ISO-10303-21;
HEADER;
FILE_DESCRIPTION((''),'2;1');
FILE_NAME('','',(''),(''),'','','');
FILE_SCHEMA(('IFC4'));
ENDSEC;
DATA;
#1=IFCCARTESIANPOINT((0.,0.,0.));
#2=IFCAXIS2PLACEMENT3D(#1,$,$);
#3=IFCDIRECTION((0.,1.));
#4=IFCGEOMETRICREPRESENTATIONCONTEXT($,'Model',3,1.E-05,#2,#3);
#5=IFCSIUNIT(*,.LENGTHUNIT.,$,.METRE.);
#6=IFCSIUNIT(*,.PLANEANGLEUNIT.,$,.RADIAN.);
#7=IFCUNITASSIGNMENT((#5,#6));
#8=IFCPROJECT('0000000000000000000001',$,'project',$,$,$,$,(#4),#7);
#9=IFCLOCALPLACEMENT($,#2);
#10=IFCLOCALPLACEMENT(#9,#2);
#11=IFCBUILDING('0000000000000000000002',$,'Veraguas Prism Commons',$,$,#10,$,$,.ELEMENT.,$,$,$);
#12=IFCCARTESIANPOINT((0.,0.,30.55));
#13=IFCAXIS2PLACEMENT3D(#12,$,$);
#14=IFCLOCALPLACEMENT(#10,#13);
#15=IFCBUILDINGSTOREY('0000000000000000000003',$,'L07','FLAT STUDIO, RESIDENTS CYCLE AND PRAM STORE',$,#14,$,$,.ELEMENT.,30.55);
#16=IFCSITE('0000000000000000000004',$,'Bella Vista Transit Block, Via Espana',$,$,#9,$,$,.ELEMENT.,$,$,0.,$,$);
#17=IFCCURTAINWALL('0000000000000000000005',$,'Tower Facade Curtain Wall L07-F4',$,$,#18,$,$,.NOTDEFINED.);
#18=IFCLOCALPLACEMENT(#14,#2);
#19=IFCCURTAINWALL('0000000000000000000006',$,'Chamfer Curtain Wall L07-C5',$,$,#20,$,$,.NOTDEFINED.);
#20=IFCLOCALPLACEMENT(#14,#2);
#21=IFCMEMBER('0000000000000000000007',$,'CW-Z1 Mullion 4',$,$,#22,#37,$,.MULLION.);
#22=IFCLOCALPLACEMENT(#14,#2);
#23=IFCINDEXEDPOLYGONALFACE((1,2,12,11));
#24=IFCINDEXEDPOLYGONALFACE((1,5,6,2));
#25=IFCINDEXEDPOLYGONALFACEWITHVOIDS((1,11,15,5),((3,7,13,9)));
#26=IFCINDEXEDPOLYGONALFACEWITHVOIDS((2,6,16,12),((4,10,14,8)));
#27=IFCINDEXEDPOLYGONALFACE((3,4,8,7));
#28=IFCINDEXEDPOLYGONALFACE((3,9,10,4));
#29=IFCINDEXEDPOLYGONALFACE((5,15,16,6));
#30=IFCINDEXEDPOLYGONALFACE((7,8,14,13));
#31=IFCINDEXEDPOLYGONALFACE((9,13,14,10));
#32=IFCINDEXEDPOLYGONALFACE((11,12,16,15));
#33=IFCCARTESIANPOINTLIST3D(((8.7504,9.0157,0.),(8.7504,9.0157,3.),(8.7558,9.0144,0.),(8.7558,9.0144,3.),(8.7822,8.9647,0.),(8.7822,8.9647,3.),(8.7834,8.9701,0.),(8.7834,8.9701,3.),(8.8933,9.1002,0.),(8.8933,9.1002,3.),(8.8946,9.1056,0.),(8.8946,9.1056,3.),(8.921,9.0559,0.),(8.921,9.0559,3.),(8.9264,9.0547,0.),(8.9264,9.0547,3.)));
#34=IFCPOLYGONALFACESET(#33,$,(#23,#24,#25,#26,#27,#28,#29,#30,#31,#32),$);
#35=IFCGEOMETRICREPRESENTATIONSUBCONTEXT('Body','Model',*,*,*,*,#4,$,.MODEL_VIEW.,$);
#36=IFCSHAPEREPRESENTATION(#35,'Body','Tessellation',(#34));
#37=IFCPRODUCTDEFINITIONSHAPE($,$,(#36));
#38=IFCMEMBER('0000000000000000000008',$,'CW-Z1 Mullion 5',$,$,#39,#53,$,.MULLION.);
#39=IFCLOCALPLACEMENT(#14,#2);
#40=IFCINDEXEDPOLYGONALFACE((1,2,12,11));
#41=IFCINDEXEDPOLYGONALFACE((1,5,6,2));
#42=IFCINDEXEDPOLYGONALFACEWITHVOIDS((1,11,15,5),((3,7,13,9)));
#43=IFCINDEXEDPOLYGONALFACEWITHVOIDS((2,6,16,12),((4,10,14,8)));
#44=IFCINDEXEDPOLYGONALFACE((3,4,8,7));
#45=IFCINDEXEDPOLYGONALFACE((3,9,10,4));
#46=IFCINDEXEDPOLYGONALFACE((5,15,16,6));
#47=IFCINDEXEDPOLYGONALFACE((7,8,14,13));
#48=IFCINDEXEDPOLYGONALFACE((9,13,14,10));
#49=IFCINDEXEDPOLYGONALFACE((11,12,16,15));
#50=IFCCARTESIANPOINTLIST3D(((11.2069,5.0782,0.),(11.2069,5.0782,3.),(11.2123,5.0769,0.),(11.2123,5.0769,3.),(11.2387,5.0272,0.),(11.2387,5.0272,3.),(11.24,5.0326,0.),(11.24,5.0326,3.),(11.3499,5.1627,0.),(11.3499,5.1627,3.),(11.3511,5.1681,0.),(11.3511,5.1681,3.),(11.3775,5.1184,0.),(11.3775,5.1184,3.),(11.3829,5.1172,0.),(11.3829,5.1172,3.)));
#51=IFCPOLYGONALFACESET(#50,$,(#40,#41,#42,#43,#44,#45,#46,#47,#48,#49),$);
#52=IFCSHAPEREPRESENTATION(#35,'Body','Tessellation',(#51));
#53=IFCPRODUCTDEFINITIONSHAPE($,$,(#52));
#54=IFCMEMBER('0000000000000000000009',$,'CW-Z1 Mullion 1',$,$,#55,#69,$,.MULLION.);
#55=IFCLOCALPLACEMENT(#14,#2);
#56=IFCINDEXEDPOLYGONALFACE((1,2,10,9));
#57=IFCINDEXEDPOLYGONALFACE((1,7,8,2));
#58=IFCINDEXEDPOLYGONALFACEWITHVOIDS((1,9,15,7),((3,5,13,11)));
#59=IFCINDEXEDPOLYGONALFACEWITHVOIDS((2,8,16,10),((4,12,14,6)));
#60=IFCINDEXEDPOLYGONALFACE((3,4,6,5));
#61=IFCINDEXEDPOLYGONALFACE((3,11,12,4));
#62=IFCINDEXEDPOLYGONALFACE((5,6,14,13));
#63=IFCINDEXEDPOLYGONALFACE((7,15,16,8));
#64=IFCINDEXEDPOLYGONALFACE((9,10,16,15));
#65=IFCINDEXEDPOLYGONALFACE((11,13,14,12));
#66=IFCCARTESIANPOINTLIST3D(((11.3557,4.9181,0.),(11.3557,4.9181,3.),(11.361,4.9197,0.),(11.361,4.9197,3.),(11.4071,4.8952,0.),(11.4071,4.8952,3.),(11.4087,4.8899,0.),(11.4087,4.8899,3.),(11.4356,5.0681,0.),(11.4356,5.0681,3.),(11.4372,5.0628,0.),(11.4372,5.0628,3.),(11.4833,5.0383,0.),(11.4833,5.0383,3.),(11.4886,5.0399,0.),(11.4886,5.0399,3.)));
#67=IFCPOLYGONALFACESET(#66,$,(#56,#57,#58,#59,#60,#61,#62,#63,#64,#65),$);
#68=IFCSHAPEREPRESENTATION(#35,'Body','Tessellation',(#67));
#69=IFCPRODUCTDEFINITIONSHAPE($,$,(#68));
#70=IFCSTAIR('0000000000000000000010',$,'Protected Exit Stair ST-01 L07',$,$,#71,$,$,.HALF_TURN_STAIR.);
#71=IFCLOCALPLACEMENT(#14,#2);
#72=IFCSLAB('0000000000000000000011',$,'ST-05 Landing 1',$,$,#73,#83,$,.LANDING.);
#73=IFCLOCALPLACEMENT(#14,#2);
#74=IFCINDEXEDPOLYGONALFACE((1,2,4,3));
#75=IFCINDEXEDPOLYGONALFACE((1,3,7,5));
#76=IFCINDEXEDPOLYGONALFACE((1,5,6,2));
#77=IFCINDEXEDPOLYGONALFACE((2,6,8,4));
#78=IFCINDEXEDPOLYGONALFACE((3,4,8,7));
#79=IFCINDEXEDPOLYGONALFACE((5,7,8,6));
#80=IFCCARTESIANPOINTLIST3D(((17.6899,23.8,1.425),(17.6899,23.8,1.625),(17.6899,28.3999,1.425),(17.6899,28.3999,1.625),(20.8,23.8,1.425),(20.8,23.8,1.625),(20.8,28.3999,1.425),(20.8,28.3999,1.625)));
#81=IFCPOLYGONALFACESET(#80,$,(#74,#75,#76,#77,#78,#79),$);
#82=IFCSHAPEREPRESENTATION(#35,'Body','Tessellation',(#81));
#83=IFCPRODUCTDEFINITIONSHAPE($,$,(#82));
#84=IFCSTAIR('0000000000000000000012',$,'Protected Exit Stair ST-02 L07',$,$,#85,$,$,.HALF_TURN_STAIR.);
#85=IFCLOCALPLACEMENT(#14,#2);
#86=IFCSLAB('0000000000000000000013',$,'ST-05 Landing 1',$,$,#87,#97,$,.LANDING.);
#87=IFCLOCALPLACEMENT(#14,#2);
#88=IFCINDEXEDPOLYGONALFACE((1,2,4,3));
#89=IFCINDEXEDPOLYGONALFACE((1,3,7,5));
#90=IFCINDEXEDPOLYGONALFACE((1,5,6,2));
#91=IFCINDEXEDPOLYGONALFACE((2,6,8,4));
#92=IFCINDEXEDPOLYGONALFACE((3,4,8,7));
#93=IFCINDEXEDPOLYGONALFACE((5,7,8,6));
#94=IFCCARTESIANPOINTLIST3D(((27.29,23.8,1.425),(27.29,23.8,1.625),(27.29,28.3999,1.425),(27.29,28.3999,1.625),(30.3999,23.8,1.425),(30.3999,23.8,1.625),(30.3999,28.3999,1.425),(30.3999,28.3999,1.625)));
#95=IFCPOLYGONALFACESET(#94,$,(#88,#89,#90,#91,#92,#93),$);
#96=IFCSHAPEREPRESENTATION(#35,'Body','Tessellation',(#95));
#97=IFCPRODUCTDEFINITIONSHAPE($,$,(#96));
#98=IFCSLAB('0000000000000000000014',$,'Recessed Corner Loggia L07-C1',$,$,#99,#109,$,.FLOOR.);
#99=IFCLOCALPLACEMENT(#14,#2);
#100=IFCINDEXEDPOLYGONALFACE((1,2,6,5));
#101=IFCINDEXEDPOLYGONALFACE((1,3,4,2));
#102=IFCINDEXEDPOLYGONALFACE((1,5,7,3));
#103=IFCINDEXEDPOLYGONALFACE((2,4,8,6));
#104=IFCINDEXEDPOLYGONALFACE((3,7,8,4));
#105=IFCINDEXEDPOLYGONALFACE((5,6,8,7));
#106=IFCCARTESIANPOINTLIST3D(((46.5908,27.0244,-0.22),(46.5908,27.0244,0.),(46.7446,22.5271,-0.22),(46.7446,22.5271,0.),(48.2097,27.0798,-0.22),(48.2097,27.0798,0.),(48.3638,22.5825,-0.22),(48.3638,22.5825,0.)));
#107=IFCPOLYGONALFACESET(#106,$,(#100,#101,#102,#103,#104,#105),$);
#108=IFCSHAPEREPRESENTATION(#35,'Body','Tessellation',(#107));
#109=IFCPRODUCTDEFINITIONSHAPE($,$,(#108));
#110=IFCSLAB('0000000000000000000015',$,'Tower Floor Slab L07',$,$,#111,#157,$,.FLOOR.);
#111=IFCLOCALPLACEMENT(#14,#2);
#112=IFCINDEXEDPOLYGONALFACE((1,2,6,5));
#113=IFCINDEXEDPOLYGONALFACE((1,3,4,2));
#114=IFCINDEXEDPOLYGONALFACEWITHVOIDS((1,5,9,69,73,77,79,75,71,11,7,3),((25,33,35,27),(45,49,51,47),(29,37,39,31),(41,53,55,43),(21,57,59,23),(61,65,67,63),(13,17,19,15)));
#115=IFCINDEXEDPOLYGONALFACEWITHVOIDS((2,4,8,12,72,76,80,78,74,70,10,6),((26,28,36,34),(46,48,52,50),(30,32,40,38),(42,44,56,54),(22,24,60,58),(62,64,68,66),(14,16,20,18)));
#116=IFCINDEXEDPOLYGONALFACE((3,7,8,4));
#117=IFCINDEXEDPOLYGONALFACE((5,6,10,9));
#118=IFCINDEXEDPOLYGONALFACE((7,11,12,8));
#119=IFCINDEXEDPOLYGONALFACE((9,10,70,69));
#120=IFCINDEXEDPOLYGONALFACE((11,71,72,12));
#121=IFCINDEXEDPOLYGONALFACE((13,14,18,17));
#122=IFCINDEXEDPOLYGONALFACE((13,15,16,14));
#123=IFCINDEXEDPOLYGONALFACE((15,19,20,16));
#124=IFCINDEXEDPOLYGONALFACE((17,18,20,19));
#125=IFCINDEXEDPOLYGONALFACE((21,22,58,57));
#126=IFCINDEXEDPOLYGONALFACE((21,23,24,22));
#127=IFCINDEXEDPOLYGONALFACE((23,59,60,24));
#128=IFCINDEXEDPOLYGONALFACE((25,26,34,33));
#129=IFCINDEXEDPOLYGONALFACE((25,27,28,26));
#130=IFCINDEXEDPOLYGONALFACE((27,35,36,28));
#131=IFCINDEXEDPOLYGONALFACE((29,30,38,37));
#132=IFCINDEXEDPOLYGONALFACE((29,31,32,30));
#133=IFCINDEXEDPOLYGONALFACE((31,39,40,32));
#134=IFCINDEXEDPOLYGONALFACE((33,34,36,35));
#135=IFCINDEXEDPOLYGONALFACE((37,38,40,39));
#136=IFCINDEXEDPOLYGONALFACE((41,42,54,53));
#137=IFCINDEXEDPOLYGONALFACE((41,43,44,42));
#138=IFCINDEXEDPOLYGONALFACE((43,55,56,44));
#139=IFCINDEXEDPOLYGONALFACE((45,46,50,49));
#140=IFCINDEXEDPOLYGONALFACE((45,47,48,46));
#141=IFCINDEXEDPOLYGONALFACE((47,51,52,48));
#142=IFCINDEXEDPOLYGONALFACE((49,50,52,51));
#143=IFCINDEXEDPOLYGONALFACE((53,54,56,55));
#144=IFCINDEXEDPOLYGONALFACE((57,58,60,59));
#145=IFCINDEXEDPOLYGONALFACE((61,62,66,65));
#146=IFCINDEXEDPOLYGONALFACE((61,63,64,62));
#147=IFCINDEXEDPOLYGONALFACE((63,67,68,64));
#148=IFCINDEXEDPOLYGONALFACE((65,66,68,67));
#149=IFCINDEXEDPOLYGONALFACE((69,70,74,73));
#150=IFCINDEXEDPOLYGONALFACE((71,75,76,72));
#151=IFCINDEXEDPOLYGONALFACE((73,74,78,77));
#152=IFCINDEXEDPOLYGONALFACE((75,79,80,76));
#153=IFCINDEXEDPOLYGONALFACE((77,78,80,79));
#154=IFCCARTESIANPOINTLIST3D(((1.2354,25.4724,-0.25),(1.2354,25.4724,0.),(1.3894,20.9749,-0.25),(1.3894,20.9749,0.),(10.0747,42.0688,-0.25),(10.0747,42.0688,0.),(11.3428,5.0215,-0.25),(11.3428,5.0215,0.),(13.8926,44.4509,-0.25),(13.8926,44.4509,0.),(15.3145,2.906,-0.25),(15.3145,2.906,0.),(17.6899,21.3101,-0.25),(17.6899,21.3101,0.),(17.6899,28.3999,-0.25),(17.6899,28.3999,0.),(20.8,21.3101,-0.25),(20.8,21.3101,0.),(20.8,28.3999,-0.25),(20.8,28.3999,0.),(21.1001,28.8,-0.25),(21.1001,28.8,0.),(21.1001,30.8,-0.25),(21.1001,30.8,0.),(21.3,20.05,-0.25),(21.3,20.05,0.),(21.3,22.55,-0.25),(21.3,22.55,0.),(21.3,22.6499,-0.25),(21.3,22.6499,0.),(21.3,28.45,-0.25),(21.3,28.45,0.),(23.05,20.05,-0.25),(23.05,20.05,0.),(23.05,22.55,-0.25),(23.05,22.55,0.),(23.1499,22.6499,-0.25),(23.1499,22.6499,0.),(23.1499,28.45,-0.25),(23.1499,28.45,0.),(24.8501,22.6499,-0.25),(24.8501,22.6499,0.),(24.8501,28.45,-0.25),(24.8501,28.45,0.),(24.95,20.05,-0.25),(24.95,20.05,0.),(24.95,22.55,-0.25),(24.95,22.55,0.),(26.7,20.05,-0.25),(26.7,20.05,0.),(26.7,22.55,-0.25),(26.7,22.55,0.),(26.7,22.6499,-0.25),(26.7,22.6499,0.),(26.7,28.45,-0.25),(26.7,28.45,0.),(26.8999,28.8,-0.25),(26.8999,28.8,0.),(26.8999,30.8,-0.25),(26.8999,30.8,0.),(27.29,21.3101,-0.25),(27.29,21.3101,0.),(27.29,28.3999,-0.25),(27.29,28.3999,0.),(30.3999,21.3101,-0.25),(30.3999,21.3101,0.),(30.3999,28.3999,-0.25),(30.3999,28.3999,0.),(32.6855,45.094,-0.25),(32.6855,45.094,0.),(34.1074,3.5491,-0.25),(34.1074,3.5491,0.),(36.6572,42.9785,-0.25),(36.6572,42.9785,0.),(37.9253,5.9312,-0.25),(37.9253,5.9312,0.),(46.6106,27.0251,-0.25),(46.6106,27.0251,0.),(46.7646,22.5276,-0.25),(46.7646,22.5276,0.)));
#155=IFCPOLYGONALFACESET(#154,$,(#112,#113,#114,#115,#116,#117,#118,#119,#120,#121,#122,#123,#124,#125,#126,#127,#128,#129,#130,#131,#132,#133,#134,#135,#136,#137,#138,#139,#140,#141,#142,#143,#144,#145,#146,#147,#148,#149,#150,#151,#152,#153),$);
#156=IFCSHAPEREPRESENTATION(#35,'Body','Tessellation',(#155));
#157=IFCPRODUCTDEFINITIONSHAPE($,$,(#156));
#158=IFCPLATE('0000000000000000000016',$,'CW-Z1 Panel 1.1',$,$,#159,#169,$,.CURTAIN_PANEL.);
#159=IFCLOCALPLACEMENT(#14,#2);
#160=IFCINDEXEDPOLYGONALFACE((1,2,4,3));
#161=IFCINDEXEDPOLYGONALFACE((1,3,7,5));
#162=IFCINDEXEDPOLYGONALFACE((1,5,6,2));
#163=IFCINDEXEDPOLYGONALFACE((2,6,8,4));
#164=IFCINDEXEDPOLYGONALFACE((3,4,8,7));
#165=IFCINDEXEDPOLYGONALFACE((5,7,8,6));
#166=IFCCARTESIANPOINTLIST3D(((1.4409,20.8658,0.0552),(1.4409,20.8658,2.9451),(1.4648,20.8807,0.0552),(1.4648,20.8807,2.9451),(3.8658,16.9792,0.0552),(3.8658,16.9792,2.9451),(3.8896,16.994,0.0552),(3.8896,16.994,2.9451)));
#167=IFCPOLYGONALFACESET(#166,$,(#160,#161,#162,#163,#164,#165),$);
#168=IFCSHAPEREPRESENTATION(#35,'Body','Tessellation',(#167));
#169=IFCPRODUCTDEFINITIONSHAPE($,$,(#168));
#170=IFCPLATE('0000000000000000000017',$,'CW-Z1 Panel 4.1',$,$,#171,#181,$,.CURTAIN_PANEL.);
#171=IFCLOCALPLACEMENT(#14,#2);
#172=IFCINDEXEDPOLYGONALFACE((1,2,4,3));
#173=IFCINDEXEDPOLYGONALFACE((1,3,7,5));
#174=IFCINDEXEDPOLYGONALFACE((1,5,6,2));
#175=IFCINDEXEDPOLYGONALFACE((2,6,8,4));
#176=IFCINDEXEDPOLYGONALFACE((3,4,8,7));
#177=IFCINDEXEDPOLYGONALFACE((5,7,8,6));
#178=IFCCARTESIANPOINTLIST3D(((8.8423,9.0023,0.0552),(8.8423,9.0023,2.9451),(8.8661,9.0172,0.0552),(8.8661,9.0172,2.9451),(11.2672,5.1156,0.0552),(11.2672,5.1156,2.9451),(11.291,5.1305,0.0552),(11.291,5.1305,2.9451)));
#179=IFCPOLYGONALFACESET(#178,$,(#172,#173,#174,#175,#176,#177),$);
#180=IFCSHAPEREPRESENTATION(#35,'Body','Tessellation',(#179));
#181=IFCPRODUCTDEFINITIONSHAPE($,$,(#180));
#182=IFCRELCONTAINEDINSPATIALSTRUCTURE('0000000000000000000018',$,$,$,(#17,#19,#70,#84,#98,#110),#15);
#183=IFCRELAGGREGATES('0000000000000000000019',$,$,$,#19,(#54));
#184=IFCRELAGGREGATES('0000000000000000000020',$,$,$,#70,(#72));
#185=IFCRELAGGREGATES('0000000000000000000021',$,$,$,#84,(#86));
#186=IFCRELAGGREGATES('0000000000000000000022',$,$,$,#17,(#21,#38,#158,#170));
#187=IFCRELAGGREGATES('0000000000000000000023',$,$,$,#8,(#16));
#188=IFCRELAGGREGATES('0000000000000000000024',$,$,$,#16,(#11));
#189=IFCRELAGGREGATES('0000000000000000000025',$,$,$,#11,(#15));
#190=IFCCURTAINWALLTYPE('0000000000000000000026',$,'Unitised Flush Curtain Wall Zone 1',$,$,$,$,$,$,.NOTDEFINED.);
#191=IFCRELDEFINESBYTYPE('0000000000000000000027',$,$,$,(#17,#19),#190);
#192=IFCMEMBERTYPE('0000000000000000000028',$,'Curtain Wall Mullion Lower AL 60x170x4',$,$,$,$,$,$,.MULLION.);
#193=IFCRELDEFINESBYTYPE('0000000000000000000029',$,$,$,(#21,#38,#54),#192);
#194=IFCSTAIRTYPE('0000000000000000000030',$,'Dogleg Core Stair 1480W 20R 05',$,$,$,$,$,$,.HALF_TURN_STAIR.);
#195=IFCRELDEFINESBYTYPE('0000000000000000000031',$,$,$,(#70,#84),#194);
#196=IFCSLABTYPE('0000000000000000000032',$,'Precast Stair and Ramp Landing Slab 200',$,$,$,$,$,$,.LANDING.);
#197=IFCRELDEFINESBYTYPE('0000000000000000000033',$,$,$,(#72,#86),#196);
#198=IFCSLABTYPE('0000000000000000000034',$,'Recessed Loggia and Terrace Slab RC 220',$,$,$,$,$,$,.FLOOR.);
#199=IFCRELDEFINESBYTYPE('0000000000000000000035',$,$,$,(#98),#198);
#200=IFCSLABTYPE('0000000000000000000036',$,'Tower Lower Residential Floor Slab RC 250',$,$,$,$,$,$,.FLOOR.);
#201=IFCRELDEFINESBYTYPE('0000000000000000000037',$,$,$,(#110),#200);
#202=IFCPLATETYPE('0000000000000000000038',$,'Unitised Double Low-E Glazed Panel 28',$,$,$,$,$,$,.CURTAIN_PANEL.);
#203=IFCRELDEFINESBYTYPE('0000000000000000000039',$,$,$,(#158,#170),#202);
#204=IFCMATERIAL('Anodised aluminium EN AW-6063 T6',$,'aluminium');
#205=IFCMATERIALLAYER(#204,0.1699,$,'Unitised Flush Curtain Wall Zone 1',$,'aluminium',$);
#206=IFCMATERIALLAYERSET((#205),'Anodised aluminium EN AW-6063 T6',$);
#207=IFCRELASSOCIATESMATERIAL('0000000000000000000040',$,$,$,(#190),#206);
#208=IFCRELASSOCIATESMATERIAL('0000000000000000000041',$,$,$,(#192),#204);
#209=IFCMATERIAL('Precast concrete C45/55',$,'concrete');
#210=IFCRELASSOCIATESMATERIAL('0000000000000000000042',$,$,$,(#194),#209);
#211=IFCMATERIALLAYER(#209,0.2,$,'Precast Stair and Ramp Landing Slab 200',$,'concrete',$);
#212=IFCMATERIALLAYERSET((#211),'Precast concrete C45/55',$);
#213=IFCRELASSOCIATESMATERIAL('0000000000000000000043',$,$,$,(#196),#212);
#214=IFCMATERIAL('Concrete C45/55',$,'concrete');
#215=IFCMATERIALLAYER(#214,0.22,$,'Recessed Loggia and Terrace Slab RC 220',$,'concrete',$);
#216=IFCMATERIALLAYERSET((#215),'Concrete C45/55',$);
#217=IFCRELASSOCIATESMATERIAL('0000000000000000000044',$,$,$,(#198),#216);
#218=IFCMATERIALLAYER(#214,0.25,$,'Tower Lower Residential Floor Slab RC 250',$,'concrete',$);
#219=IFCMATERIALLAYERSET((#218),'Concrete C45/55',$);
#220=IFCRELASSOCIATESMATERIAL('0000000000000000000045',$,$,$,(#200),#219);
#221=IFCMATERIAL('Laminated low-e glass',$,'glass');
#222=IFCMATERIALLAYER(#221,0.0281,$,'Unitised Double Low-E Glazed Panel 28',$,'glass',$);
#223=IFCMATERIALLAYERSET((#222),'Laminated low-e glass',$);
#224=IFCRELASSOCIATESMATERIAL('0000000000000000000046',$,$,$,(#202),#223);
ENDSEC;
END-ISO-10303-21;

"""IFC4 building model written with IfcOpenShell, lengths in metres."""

from ifc_helpers import new_model, si_unit, direction, frame, origin, origin_2d, place, context, subcontext, project, spatial, polyline, rectangle, hollow_rectangle, outline, extrude, source, transform, mapped, material, layer, layer_set, material_profile, profile_set, type_object, element, aggregate, save


model = new_model("IFC4")

# Units and contexts
model_context = context("Model", 3, precision=1e-05, world=origin(), true_north=direction((0.0, 1.0)))
body_context = subcontext(model_context, "Body", "Model", "MODEL_VIEW")
ifc_project = project(units=[si_unit("LENGTHUNIT", "METRE"), si_unit("PLANEANGLEUNIT", "RADIAN")], contexts=[model_context])

# Site, building, storey
site_placement = place(None, origin())
site = spatial("IfcSite", under=ifc_project, at=site_placement, Name="Bella Vista Transit Block, Via Espana", CompositionType="ELEMENT", RefElevation=0.0)
building_placement = place(site_placement, origin())
building = spatial("IfcBuilding", under=site, at=building_placement, Name="Veraguas Prism Commons", CompositionType="ELEMENT")
storey_placement = place(building_placement, frame((0.0, 0.0, 30.55)))
storey = spatial("IfcBuildingStorey", under=building, at=storey_placement, Name="L07", Description="FLAT STUDIO, RESIDENTS CYCLE AND PRAM STORE", CompositionType="ELEMENT", Elevation=30.55)

# Curtain walls
ifc_material_1 = material(Name="Anodised aluminium EN AW-6063 T6", Category="aluminium")
ifc_layer_1 = layer(ifc_material_1, 0.1699, Name="Unitised Flush Curtain Wall Zone 1", Category="aluminium")
ifc_layer_set_1 = layer_set([ifc_layer_1], Name="Anodised aluminium EN AW-6063 T6")
curtain_wall_type = type_object("IfcCurtainWallType", Name="Unitised Flush Curtain Wall Zone 1", PredefinedType="NOTDEFINED", material=ifc_layer_set_1)
curtain_wall_1_placement = place(storey_placement, origin())
curtain_wall_1 = element("IfcCurtainWall", 1, at=curtain_wall_1_placement, inside=storey, type_object=curtain_wall_type, Name="Tower Facade Curtain Wall L07-F4", PredefinedType="NOTDEFINED")
curtain_wall_2_placement = place(storey_placement, origin())
curtain_wall_2 = element("IfcCurtainWall", 2, at=curtain_wall_2_placement, inside=storey, type_object=curtain_wall_type, Name="Chamfer Curtain Wall L07-C5", PredefinedType="NOTDEFINED")

# Members
ifc_material_profile_1 = material_profile(ifc_material_1, hollow_rectangle(XDim=0.0601, YDim=0.1699, WallThickness=0.0039, at=origin_2d()), Name="AL60X170X4")
ifc_profile_set_1 = profile_set([ifc_material_profile_1], Name="Anodised aluminium EN AW-6063 T6")
member_type_1 = type_object("IfcMemberType", Name="Curtain Wall Mullion Lower AL 60x170x4", PredefinedType="MULLION", material=ifc_profile_set_1)
shared_shape_1 = source(origin(), body_context, "Body", "SweptSolid", [
    extrude(hollow_rectangle(XDim=0.0601, YDim=0.1699, WallThickness=0.0039, at=origin_2d()), origin(), (0.0, 0.0, 1.0), 3.0),
])
member_1_placement = place(storey_placement, frame((8.8384, 9.0352, 0.0), z_axis=(0.0, 0.0, 1.0), x_axis=(0.529324, -0.84842, 0.0)))
member_1 = element("IfcMember", 3, at=member_1_placement, type_object=member_type_1, Name="CW-Z1 Mullion 4", PredefinedType="MULLION", context=body_context, shape_type="MappedRepresentation", body=[
    mapped(shared_shape_1, transform((0.0, 0.0, 0.0), scale=1.0)),
])
member_2_placement = place(storey_placement, frame((11.2949, 5.0977, 0.0), z_axis=(0.0, 0.0, 1.0), x_axis=(0.529324, -0.84842, 0.0)))
member_2 = element("IfcMember", 4, at=member_2_placement, type_object=member_type_1, Name="CW-Z1 Mullion 5", PredefinedType="MULLION", context=body_context, shape_type="MappedRepresentation", body=[
    mapped(shared_shape_1, transform((0.0, 0.0, 0.0), scale=1.0)),
])
member_3_placement = place(storey_placement, frame((11.4221, 4.979, 0.0), z_axis=(0.0, 0.0, 1.0), x_axis=(0.88261, -0.470106, 0.0)))
member_3 = element("IfcMember", 5, at=member_3_placement, type_object=member_type_1, Name="CW-Z1 Mullion 1", PredefinedType="MULLION", context=body_context, shape_type="MappedRepresentation", body=[
    mapped(shared_shape_1, transform((0.0, 0.0, 0.0), scale=1.0)),
])
aggregate(curtain_wall_2, [member_3])

# Stairs, slabs
ifc_material_2 = material(Name="Precast concrete C45/55", Category="concrete")
stair_type = type_object("IfcStairType", Name="Dogleg Core Stair 1480W 20R 05", PredefinedType="HALF_TURN_STAIR", material=ifc_material_2)
stair_1_placement = place(storey_placement, origin())
stair_1 = element("IfcStair", 6, at=stair_1_placement, inside=storey, type_object=stair_type, Name="Protected Exit Stair ST-01 L07", PredefinedType="HALF_TURN_STAIR")
ifc_layer_2 = layer(ifc_material_2, 0.2, Name="Precast Stair and Ramp Landing Slab 200", Category="concrete")
ifc_layer_set_2 = layer_set([ifc_layer_2], Name="Precast concrete C45/55")
slab_type_1 = type_object("IfcSlabType", Name="Precast Stair and Ramp Landing Slab 200", PredefinedType="LANDING", material=ifc_layer_set_2)
slab_1_placement = place(storey_placement, frame((0.0, 0.0, 1.425)))
slab_1 = element("IfcSlab", 7, at=slab_1_placement, type_object=slab_type_1, Name="ST-05 Landing 1", PredefinedType="LANDING", context=body_context, shape_type="SweptSolid", body=[
    extrude(outline(polyline([(20.8, 23.8), (20.8, 28.3999), (17.6899, 28.3999), (17.6899, 23.8), (20.8, 23.8)])), origin(), (0.0, 0.0, 1.0), 0.2),
])
aggregate(stair_1, [slab_1])
stair_2_placement = place(storey_placement, origin())
stair_2 = element("IfcStair", 8, at=stair_2_placement, inside=storey, type_object=stair_type, Name="Protected Exit Stair ST-02 L07", PredefinedType="HALF_TURN_STAIR")
slab_2_placement = place(storey_placement, frame((0.0, 0.0, 1.425)))
slab_2 = element("IfcSlab", 9, at=slab_2_placement, type_object=slab_type_1, Name="ST-05 Landing 1", PredefinedType="LANDING", context=body_context, shape_type="SweptSolid", body=[
    extrude(outline(polyline([(30.3999, 23.8), (30.3999, 28.3999), (27.29, 28.3999), (27.29, 23.8), (30.3999, 23.8)])), origin(), (0.0, 0.0, 1.0), 0.2),
])
aggregate(stair_2, [slab_2])

# Slabs
ifc_material_3 = material(Name="Concrete C45/55", Category="concrete")
ifc_layer_3 = layer(ifc_material_3, 0.22, Name="Recessed Loggia and Terrace Slab RC 220", Category="concrete")
ifc_layer_set_3 = layer_set([ifc_layer_3], Name="Concrete C45/55")
slab_type_2 = type_object("IfcSlabType", Name="Recessed Loggia and Terrace Slab RC 220", PredefinedType="FLOOR", material=ifc_layer_set_3)
slab_3_placement = place(storey_placement, frame((0.0, 0.0, -0.22)))
element("IfcSlab", 10, at=slab_3_placement, inside=storey, type_object=slab_type_2, Name="Recessed Corner Loggia L07-C1", PredefinedType="FLOOR", context=body_context, shape_type="SweptSolid", body=[
    extrude(outline(polyline([(46.7446, 22.5271), (48.3638, 22.5825), (48.2097, 27.0798), (46.5908, 27.0244), (46.7446, 22.5271)])), origin(), (0.0, 0.0, 1.0), 0.22),
])
ifc_layer_4 = layer(ifc_material_3, 0.25, Name="Tower Lower Residential Floor Slab RC 250", Category="concrete")
ifc_layer_set_4 = layer_set([ifc_layer_4], Name="Concrete C45/55")
slab_type_3 = type_object("IfcSlabType", Name="Tower Lower Residential Floor Slab RC 250", PredefinedType="FLOOR", material=ifc_layer_set_4)
slab_4_placement = place(storey_placement, frame((0.0, 0.0, -0.25)))
element("IfcSlab", 11, at=slab_4_placement, inside=storey, type_object=slab_type_3, Name="Tower Floor Slab L07", PredefinedType="FLOOR", context=body_context, shape_type="SweptSolid", body=[
    extrude(outline(polyline([(46.7646, 22.5276), (46.6106, 27.0251), (36.6572, 42.9785), (32.6855, 45.094), (13.8926, 44.4509), (10.0747, 42.0688), (1.2354, 25.4724), (1.3894, 20.9749), (11.3428, 5.0215), (15.3145, 2.906), (34.1074, 3.5491), (37.9253, 5.9312), (46.7646, 22.5276)]), holes=[polyline([(20.8, 21.3101), (20.8, 28.3999), (17.6899, 28.3999), (17.6899, 21.3101), (20.8, 21.3101)]), polyline([(30.3999, 21.3101), (30.3999, 28.3999), (27.29, 28.3999), (27.29, 21.3101), (30.3999, 21.3101)]), polyline([(21.3, 22.6499), (23.1499, 22.6499), (23.1499, 28.45), (21.3, 28.45), (21.3, 22.6499)]), polyline([(24.8501, 22.6499), (26.7, 22.6499), (26.7, 28.45), (24.8501, 28.45), (24.8501, 22.6499)]), polyline([(21.1001, 28.8), (26.8999, 28.8), (26.8999, 30.8), (21.1001, 30.8), (21.1001, 28.8)]), polyline([(21.3, 20.05), (23.05, 20.05), (23.05, 22.55), (21.3, 22.55), (21.3, 20.05)]), polyline([(24.95, 20.05), (26.7, 20.05), (26.7, 22.55), (24.95, 22.55), (24.95, 20.05)])]), origin(), (0.0, 0.0, 1.0), 0.25),
])

# Plates
ifc_material_4 = material(Name="Laminated low-e glass", Category="glass")
ifc_layer_5 = layer(ifc_material_4, 0.0281, Name="Unitised Double Low-E Glazed Panel 28", Category="glass")
ifc_layer_set_5 = layer_set([ifc_layer_5], Name="Laminated low-e glass")
plate_type = type_object("IfcPlateType", Name="Unitised Double Low-E Glazed Panel 28", PredefinedType="CURTAIN_PANEL", material=ifc_layer_set_5)
shared_shape_2 = source(origin(), body_context, "Body", "SweptSolid", [
    extrude(rectangle(XDim=4.5811, YDim=0.0281, at=origin_2d()), origin(), (0.0, 0.0, 1.0), 2.8899),
])
plate_1_placement = place(storey_placement, frame((2.6653, 18.9299, 0.0552), z_axis=(0.0, 0.0, 1.0), x_axis=(0.529324, -0.84842, 0.0)))
plate_1 = element("IfcPlate", 12, at=plate_1_placement, type_object=plate_type, Name="CW-Z1 Panel 1.1", PredefinedType="CURTAIN_PANEL", context=body_context, shape_type="MappedRepresentation", body=[
    mapped(shared_shape_2, transform((0.0, 0.0, 0.0), scale=1.0)),
])
plate_2_placement = place(storey_placement, frame((10.0667, 7.0664, 0.0552), z_axis=(0.0, 0.0, 1.0), x_axis=(0.529324, -0.84842, 0.0)))
plate_2 = element("IfcPlate", 13, at=plate_2_placement, type_object=plate_type, Name="CW-Z1 Panel 4.1", PredefinedType="CURTAIN_PANEL", context=body_context, shape_type="MappedRepresentation", body=[
    mapped(shared_shape_2, transform((0.0, 0.0, 0.0), scale=1.0)),
])
aggregate(curtain_wall_1, [member_1, member_2, plate_1, plate_2])

save(model, "model.ifc")
